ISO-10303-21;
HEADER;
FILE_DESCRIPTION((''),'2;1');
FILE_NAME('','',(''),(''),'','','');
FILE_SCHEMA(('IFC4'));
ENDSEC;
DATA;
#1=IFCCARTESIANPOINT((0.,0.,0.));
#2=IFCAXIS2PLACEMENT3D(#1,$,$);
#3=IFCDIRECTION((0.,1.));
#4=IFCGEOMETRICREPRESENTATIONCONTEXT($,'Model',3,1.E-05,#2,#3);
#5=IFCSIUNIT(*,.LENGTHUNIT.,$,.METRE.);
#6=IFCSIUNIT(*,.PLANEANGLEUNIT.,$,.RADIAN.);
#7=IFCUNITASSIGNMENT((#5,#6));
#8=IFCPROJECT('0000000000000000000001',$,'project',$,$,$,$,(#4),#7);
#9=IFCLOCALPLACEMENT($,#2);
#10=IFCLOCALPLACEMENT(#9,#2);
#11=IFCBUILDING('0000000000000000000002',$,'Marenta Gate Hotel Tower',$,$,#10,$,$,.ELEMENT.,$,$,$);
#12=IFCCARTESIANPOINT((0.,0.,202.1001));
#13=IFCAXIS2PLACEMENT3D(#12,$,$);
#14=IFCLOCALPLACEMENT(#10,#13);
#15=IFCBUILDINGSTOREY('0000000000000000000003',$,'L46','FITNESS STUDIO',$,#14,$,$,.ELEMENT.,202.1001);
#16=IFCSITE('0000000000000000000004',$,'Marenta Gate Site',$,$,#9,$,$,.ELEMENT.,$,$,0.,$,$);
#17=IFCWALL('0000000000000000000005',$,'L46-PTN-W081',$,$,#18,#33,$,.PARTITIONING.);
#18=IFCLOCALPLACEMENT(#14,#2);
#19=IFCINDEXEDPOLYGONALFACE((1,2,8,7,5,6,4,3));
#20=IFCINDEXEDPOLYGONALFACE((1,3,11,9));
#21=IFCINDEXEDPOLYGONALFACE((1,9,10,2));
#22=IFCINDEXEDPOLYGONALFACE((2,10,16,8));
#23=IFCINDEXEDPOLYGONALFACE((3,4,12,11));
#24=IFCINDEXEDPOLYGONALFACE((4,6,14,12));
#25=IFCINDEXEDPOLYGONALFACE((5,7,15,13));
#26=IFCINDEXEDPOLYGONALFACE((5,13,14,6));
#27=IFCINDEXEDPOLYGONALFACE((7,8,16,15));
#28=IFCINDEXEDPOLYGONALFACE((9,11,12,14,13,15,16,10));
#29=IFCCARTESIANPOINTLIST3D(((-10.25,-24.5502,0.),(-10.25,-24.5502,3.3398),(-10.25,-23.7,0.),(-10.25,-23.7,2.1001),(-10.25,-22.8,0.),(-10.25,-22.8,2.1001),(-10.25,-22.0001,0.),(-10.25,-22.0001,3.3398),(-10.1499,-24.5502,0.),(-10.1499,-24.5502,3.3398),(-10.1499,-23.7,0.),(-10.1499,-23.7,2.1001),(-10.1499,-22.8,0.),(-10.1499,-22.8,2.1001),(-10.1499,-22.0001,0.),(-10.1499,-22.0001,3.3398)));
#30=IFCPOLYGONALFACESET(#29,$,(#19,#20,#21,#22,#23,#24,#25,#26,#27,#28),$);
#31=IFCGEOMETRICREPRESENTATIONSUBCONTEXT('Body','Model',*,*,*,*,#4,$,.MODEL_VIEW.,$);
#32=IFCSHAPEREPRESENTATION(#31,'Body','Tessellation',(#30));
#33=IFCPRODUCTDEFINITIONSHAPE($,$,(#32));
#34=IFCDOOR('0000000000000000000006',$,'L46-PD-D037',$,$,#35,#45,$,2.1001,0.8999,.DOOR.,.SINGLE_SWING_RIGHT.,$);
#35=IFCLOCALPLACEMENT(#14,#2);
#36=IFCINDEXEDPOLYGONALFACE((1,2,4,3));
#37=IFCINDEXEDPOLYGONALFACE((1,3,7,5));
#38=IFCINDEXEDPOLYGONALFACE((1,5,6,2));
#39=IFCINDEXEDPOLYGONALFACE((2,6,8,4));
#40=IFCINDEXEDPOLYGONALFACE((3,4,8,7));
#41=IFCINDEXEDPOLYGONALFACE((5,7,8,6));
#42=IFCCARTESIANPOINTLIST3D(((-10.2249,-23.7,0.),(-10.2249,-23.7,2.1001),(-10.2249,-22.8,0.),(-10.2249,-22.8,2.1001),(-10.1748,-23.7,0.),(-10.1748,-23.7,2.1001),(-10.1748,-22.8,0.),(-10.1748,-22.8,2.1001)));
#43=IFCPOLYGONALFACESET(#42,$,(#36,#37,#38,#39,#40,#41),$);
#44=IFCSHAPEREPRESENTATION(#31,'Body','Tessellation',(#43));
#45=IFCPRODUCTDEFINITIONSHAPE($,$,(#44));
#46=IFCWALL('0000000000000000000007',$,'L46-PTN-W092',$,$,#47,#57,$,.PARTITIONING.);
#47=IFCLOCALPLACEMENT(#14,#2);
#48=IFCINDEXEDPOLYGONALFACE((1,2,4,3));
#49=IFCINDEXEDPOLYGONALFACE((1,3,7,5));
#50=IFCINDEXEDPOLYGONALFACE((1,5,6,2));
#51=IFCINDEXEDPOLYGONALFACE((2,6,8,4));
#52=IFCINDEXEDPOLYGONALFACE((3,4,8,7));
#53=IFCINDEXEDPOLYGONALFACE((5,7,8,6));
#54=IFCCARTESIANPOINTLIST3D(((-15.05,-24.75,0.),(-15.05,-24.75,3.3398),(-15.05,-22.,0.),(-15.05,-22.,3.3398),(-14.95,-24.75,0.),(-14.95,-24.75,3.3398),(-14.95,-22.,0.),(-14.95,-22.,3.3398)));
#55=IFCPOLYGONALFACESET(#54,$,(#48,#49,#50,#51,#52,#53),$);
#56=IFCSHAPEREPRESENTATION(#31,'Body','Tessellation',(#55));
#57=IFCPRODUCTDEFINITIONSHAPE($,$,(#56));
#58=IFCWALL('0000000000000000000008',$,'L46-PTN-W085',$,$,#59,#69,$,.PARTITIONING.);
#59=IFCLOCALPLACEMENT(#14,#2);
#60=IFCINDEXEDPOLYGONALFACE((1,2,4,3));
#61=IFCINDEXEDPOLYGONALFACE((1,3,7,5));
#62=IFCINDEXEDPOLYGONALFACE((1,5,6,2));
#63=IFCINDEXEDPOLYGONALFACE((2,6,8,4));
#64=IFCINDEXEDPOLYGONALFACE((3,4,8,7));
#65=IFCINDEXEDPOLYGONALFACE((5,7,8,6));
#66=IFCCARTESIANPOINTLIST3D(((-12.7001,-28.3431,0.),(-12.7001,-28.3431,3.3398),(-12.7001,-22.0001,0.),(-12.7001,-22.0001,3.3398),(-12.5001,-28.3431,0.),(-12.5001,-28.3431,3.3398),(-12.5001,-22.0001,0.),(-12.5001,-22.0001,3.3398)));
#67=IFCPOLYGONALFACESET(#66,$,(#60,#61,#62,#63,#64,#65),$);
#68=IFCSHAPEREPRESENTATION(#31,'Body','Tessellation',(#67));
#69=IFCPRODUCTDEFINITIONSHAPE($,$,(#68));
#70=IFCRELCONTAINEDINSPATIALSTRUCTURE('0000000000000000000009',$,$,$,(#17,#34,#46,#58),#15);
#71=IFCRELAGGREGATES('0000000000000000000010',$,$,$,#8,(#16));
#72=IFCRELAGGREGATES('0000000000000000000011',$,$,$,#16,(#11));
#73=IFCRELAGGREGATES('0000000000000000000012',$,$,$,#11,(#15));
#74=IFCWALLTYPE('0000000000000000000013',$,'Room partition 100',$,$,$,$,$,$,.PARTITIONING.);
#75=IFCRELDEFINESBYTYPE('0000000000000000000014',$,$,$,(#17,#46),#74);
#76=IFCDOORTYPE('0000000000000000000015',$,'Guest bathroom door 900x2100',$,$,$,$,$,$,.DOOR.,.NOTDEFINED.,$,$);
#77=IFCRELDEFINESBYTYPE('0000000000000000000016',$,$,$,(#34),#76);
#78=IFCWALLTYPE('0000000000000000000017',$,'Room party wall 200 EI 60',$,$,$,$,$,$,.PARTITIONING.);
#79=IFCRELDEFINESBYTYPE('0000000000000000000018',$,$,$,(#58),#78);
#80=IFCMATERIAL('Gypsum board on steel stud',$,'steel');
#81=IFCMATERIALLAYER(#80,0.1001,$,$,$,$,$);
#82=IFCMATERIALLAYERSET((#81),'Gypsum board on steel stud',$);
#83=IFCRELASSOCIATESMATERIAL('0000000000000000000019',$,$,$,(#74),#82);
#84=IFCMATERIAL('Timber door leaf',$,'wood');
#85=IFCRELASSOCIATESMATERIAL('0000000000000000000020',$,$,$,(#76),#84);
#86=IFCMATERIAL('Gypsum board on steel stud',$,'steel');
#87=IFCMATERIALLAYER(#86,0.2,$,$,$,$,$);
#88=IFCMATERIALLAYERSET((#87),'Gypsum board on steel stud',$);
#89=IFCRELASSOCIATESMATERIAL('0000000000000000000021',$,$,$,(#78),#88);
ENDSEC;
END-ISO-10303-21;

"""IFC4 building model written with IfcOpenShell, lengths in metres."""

from ifc_helpers import new_model, si_unit, direction, frame, frame_2d, origin, place, context, subcontext, project, spatial, rectangle, extrude, material, layer, layer_set, type_object, element, fill, save


model = new_model("IFC4")

# Units and contexts
model_context = context("Model", 3, precision=1e-05, world=origin(), true_north=direction((0.0, 1.0)))
body_context = subcontext(model_context, "Body", "Model", "MODEL_VIEW")
ifc_project = project(units=[si_unit("LENGTHUNIT", "METRE"), si_unit("PLANEANGLEUNIT", "RADIAN")], contexts=[model_context])

# Site, building, storey
site_placement = place(None, origin())
site = spatial("IfcSite", under=ifc_project, at=site_placement, Name="Marenta Gate Site", CompositionType="ELEMENT", RefElevation=0.0)
building_placement = place(site_placement, origin())
building = spatial("IfcBuilding", under=site, at=building_placement, Name="Marenta Gate Hotel Tower", CompositionType="ELEMENT")
storey_placement = place(building_placement, frame((0.0, 0.0, 202.1001)))
storey = spatial("IfcBuildingStorey", under=building, at=storey_placement, Name="L46", Description="FITNESS STUDIO", CompositionType="ELEMENT", Elevation=202.1001)

# Shared definitions
ifc_material_1 = material(Name="Gypsum board on steel stud", Category="steel")
ifc_layer_1 = layer(ifc_material_1, 0.1001)
ifc_layer_set_1 = layer_set([ifc_layer_1], Name="Gypsum board on steel stud")
wall_type_1 = type_object("IfcWallType", Name="Room partition 100", PredefinedType="PARTITIONING", material=ifc_layer_set_1)
ifc_material_2 = material(Name="Timber door leaf", Category="wood")
door_type_1 = type_object("IfcDoorType", Name="Guest bathroom door 900x2100", OperationType="NOTDEFINED", PredefinedType="DOOR", material=ifc_material_2)

# Wall, opening, door
wall_1_placement = place(storey_placement, frame((-10.2, -24.55, 0.0), z_axis=(0.0, 0.0, 1.0), x_axis=(0.0, 1.0, 0.0)))
wall_1 = element("IfcWall", 1, at=wall_1_placement, inside=storey, type_object=wall_type_1, Name="L46-PTN-W081", PredefinedType="PARTITIONING", context=body_context, shape_type="SweptSolid", body=[
    extrude(rectangle(XDim=2.55, YDim=0.1001, at=frame_2d((1.2749, 0.0))), origin(), (0.0, 0.0, 1.0), 3.3398),
])
opening_1_placement = place(wall_1_placement, frame((0.8501, 0.0, 0.0)))
opening_1 = element("IfcOpeningElement", 2, at=opening_1_placement, cuts=wall_1, PredefinedType="OPENING", context=body_context, shape_type="SweptSolid", body=[
    extrude(rectangle(XDim=0.8999, YDim=2.1001, at=frame_2d((0.45, 1.05))), frame((0.0, 0.05, 0.0), z_axis=(0.0, -1.0, 0.0), x_axis=(1.0, 0.0, 0.0)), (0.0, 0.0, 1.0), 0.1001),
])
door_1_placement = place(opening_1_placement, origin())
door_1 = element("IfcDoor", 3, at=door_1_placement, inside=storey, type_object=door_type_1, Name="L46-PD-D037", OperationType="SINGLE_SWING_RIGHT", OverallHeight=2.1001, OverallWidth=0.8999, PredefinedType="DOOR", context=body_context, shape_type="SweptSolid", body=[
    extrude(rectangle(XDim=0.8999, YDim=2.1001, at=frame_2d((0.45, 1.05))), frame((0.0, 0.0249, 0.0), z_axis=(0.0, -1.0, 0.0), x_axis=(1.0, 0.0, 0.0)), (0.0, 0.0, 1.0), 0.05),
])
fill(opening_1, door_1)

# Walls
wall_2_placement = place(storey_placement, frame((-15.0, -24.75, 0.0), z_axis=(0.0, 0.0, 1.0), x_axis=(0.0, 1.0, 0.0)))
element("IfcWall", 4, at=wall_2_placement, inside=storey, type_object=wall_type_1, Name="L46-PTN-W092", PredefinedType="PARTITIONING", context=body_context, shape_type="SweptSolid", body=[
    extrude(rectangle(XDim=2.75, YDim=0.1001, at=frame_2d((1.375, 0.0))), origin(), (0.0, 0.0, 1.0), 3.3398),
])
ifc_material_3 = material(Name="Gypsum board on steel stud", Category="steel")
ifc_layer_2 = layer(ifc_material_3, 0.2)
ifc_layer_set_2 = layer_set([ifc_layer_2], Name="Gypsum board on steel stud")
wall_type_2 = type_object("IfcWallType", Name="Room party wall 200 EI 60", PredefinedType="PARTITIONING", material=ifc_layer_set_2)
wall_3_placement = place(storey_placement, frame((-12.6001, -28.343, 0.0), z_axis=(0.0, 0.0, 1.0), x_axis=(0.0, 1.0, 0.0)))
element("IfcWall", 5, at=wall_3_placement, inside=storey, type_object=wall_type_2, Name="L46-PTN-W085", PredefinedType="PARTITIONING", context=body_context, shape_type="SweptSolid", body=[
    extrude(rectangle(XDim=6.343, YDim=0.2, at=frame_2d((3.1714, 0.0))), origin(), (0.0, 0.0, 1.0), 3.3398),
])

save(model, "model.ifc")
